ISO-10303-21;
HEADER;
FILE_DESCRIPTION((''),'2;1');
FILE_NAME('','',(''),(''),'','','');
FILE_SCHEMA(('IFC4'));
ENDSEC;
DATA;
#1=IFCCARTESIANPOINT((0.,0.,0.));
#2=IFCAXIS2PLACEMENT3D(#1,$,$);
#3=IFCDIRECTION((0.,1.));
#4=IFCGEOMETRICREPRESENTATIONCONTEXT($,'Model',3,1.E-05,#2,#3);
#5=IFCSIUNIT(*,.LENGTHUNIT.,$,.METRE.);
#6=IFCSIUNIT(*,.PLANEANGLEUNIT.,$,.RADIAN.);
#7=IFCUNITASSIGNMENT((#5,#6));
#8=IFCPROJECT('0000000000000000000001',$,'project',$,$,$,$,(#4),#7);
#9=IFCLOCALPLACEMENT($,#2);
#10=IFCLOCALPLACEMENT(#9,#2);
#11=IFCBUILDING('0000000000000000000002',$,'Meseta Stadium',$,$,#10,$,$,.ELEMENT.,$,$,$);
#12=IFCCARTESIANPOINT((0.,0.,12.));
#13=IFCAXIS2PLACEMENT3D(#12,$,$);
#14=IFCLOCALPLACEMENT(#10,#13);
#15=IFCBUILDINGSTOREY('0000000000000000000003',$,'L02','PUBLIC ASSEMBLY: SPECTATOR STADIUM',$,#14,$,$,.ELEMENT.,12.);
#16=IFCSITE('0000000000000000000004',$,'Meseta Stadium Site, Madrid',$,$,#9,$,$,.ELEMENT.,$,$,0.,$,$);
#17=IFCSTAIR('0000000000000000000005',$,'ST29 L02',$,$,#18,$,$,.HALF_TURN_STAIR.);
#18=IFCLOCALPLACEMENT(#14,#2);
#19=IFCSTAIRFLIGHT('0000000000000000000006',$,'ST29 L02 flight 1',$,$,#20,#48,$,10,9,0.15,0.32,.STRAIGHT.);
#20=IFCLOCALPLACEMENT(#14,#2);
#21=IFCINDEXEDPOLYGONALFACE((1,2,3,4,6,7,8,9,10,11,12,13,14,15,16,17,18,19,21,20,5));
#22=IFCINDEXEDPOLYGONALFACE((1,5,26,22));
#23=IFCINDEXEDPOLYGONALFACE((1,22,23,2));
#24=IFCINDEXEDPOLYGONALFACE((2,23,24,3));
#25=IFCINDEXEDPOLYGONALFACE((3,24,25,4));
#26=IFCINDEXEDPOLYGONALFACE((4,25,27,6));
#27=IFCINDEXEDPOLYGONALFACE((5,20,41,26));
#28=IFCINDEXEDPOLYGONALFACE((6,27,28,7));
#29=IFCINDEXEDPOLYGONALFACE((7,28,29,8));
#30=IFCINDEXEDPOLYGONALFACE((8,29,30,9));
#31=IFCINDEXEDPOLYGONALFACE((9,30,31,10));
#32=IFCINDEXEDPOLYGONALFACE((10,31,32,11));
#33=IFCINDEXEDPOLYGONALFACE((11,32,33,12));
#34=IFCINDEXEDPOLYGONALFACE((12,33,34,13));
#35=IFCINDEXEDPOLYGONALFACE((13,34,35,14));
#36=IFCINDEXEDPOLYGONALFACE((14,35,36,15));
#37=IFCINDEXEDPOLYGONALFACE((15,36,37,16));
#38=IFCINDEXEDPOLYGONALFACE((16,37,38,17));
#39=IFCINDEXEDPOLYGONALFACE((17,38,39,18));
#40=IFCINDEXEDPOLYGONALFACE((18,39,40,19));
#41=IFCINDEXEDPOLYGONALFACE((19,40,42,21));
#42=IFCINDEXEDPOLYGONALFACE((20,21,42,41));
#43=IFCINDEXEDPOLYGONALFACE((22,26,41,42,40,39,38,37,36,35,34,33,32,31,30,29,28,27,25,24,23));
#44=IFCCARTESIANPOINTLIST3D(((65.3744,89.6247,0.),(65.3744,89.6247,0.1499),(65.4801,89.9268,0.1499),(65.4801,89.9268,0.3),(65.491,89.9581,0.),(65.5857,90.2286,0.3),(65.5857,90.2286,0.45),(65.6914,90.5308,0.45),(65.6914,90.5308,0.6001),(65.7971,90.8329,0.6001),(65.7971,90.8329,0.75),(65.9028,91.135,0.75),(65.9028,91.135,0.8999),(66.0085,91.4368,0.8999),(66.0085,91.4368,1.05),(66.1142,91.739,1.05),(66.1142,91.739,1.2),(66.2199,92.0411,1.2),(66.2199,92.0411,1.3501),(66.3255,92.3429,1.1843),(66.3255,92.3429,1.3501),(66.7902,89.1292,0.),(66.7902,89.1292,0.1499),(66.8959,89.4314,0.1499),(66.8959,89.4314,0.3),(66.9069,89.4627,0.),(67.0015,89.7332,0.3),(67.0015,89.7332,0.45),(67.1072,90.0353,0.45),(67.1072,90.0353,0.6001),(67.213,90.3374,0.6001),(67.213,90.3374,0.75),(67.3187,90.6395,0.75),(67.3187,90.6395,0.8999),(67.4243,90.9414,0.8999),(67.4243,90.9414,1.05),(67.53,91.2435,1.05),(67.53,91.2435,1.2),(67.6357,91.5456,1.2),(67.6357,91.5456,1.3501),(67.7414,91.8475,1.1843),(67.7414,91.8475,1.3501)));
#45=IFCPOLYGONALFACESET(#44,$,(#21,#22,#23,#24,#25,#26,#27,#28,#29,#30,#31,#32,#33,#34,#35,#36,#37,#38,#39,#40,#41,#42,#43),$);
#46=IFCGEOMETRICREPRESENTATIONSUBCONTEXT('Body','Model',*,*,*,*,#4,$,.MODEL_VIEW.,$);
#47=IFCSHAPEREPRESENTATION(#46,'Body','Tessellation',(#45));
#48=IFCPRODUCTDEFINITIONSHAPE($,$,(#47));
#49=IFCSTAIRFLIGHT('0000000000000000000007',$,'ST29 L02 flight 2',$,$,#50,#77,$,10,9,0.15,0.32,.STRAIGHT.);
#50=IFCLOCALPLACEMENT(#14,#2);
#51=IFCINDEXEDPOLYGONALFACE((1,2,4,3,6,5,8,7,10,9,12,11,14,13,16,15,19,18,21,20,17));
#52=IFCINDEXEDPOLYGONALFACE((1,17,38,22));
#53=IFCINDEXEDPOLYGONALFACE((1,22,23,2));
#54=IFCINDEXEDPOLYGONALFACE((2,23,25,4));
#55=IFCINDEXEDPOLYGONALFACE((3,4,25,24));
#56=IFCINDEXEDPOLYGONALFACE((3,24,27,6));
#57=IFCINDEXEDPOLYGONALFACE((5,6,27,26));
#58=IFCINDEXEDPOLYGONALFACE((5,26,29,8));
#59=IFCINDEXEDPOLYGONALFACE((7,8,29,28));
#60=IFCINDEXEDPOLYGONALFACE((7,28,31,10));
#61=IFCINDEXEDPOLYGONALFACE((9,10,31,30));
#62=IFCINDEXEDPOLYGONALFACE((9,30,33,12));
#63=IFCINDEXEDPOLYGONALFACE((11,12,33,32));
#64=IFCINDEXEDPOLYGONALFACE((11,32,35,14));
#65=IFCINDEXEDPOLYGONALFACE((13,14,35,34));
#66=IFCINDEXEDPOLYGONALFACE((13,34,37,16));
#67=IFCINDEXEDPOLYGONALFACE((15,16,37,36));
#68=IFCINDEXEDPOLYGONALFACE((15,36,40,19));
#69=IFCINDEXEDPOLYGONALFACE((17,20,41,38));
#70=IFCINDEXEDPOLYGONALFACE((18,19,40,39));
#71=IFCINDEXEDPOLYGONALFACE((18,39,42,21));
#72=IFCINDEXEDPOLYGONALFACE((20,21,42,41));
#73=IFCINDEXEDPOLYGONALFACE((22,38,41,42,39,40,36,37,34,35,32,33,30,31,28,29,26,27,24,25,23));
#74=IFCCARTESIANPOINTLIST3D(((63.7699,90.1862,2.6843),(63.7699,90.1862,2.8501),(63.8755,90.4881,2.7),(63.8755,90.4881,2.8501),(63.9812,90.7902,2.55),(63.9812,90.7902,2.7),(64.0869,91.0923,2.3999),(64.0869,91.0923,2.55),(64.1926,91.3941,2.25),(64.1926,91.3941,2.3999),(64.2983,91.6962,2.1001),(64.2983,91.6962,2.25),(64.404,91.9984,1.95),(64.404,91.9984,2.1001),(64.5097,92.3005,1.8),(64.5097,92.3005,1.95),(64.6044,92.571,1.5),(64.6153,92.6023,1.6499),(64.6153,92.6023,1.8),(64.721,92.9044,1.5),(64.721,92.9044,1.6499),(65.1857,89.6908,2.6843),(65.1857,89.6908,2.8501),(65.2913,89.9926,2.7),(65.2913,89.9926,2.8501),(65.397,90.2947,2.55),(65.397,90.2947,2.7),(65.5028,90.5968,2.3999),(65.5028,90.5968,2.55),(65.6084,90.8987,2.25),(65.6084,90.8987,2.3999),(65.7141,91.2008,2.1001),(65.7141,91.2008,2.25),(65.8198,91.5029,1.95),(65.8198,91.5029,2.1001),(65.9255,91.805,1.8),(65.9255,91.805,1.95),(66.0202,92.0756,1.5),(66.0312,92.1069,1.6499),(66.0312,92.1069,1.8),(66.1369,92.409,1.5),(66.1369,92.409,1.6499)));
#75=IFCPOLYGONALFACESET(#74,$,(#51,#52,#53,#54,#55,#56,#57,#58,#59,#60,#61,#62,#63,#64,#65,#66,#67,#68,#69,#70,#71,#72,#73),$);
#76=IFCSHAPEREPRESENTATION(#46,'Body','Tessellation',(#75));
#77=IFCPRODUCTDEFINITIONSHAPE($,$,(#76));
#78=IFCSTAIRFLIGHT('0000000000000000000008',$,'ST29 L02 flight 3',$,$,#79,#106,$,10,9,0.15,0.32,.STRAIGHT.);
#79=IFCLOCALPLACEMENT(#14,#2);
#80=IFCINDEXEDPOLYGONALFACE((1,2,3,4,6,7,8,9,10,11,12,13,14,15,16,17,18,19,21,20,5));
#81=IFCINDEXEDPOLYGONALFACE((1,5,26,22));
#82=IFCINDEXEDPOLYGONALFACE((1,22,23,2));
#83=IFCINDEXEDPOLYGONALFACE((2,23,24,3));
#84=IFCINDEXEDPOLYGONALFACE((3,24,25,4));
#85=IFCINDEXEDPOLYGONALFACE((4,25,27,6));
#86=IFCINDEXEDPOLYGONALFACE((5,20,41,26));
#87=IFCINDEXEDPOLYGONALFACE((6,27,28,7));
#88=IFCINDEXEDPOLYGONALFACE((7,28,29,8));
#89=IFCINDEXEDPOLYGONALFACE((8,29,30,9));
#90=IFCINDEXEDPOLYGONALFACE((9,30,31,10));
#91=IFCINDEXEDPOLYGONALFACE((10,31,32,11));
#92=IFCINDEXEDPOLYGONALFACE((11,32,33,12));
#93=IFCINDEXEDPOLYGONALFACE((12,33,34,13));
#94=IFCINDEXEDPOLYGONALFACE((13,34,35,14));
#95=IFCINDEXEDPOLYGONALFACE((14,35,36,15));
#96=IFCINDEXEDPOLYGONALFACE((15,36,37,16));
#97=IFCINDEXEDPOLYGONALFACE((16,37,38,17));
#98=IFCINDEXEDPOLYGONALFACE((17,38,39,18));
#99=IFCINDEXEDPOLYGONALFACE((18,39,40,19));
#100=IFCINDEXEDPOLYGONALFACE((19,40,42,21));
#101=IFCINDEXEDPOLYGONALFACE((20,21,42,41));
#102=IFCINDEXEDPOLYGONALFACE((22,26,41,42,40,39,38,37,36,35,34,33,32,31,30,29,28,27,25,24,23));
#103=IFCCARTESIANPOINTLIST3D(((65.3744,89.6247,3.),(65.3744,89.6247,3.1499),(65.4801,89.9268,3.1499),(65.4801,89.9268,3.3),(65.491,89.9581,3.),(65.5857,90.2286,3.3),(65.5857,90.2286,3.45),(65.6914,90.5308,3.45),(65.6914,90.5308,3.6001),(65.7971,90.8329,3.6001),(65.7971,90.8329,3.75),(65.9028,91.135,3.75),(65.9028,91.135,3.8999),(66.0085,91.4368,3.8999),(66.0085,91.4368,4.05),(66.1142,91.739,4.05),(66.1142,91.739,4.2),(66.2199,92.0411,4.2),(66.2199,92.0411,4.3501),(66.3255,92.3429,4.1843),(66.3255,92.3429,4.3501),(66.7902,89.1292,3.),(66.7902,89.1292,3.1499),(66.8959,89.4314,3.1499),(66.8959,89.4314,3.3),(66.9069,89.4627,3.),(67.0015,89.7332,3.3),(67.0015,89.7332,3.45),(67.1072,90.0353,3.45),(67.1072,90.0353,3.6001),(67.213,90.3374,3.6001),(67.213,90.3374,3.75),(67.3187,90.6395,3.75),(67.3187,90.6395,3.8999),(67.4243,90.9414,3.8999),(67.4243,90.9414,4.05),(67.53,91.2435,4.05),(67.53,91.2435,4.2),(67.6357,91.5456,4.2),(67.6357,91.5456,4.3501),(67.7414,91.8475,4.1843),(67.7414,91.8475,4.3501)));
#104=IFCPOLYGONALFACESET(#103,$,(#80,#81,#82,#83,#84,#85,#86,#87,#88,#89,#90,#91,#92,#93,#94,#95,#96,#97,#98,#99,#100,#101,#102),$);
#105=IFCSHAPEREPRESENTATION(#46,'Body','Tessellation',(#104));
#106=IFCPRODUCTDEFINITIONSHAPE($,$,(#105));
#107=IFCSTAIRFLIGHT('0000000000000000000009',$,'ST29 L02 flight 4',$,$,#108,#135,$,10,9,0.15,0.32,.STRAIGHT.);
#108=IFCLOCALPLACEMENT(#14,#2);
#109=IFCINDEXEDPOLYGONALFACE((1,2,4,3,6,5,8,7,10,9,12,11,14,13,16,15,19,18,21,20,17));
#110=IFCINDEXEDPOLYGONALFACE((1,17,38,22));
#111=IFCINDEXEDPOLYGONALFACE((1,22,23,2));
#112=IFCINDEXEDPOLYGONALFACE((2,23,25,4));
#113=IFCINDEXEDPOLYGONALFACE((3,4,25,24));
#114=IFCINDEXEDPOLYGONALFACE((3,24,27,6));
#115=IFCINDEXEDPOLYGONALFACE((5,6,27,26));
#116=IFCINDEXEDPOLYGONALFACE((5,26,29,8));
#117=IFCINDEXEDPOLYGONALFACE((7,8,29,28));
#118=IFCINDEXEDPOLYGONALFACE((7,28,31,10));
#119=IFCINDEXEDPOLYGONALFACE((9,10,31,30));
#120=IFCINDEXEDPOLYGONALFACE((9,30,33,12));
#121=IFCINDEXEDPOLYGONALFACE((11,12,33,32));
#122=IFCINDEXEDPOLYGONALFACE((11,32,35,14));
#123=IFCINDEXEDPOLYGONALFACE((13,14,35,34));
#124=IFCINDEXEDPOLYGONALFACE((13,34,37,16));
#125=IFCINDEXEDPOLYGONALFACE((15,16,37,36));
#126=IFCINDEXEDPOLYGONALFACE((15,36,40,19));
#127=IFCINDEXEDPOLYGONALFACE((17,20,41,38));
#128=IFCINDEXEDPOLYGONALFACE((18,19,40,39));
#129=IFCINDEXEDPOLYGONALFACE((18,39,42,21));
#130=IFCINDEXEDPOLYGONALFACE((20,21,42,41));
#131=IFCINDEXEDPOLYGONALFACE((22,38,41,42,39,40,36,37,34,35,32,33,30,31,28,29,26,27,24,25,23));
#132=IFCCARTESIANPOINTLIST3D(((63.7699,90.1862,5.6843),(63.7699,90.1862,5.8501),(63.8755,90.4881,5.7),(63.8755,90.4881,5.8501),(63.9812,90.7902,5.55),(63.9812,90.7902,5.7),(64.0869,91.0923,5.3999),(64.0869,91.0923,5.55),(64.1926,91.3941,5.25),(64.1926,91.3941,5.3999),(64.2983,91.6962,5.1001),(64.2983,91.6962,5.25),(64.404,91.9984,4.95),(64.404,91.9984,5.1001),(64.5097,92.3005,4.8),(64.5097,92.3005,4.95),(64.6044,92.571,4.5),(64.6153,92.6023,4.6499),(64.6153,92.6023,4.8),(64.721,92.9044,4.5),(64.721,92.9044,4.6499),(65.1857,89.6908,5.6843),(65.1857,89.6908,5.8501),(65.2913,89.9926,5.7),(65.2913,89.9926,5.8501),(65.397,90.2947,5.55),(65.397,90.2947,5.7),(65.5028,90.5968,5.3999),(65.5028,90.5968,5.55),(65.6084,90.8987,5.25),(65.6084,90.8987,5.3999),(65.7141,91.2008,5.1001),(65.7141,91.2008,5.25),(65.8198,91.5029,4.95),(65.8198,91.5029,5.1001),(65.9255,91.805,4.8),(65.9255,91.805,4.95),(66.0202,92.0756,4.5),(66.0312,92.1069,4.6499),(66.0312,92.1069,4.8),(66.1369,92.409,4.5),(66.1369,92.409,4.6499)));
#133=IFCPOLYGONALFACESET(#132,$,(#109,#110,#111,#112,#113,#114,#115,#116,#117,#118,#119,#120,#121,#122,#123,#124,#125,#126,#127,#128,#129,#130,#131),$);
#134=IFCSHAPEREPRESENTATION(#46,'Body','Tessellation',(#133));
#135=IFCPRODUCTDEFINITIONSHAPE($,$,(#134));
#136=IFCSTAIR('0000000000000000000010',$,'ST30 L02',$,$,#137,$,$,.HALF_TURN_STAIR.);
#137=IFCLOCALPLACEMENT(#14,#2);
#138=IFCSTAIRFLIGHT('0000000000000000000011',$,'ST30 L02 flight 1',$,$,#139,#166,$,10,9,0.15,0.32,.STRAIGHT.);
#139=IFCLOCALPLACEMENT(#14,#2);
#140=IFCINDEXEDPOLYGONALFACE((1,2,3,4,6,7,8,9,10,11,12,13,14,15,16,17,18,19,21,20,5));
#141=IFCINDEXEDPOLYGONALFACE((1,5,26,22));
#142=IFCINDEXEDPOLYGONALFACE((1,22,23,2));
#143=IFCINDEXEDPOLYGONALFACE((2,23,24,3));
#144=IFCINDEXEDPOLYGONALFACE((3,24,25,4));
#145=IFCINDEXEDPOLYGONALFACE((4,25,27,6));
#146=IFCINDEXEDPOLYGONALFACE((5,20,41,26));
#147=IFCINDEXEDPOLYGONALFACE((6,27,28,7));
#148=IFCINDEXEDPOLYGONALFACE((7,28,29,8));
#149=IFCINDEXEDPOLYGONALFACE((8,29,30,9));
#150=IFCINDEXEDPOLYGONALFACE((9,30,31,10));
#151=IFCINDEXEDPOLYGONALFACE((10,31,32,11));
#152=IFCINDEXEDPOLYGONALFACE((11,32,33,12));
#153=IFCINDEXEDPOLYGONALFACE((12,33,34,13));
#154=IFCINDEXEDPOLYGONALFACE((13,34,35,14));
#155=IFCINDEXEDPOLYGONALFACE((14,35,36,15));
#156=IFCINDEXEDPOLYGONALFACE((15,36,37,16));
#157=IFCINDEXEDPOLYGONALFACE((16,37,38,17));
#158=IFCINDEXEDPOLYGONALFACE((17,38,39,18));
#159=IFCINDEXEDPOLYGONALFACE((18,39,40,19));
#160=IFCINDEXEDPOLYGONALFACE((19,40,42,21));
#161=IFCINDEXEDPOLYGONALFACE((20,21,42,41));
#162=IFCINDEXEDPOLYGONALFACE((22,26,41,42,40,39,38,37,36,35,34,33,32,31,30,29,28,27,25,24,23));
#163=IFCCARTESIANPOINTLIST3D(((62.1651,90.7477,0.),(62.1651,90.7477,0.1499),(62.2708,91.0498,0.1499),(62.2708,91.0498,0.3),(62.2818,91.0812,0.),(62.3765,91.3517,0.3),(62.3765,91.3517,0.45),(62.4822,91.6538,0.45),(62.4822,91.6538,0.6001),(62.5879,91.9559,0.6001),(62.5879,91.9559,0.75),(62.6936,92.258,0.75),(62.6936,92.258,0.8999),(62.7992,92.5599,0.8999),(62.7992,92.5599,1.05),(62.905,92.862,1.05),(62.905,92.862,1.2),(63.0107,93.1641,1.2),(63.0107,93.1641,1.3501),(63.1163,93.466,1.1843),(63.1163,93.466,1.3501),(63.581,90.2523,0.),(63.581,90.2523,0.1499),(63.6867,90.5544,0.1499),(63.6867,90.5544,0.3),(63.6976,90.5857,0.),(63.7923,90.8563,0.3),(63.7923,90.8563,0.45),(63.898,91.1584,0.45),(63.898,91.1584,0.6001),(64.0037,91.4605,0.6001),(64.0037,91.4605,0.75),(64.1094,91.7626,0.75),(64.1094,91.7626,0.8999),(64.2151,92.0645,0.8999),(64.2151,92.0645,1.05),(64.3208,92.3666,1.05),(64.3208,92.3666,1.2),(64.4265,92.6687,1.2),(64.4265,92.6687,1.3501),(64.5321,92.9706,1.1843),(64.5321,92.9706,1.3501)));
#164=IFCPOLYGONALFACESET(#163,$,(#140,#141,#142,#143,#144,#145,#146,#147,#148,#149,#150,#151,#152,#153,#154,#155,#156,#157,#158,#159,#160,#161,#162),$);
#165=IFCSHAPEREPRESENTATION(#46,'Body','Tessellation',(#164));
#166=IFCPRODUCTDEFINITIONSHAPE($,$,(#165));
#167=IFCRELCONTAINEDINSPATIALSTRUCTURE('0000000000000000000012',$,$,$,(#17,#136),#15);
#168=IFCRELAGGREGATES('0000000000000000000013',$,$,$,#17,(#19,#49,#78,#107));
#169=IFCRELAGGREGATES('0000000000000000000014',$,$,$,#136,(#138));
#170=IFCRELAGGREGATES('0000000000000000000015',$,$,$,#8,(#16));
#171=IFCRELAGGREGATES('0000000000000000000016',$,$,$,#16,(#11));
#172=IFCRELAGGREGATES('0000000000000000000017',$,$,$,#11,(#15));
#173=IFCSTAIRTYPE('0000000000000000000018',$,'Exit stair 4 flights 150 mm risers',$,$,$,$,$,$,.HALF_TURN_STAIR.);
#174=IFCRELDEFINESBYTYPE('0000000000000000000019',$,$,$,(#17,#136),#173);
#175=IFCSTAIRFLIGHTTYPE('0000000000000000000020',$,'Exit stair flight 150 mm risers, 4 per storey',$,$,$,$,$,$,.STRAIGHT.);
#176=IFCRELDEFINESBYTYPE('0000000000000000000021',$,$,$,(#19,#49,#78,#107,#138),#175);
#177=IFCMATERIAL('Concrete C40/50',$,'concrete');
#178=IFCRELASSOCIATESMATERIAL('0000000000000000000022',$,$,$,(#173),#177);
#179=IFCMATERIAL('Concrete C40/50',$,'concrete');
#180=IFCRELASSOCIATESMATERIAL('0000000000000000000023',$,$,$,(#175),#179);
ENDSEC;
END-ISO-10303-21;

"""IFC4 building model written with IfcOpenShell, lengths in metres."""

from ifc_helpers import new_model, si_unit, direction, frame, origin, place, context, subcontext, project, spatial, polyline, outline, extrude, material, type_object, element, aggregate, save


model = new_model("IFC4")

# Units and contexts
model_context = context("Model", 3, precision=1e-05, world=origin(), true_north=direction((0.0, 1.0)))
body_context = subcontext(model_context, "Body", "Model", "MODEL_VIEW")
ifc_project = project(units=[si_unit("LENGTHUNIT", "METRE"), si_unit("PLANEANGLEUNIT", "RADIAN")], contexts=[model_context])

# Site, building, storey
site_placement = place(None, origin())
site = spatial("IfcSite", under=ifc_project, at=site_placement, Name="Meseta Stadium Site, Madrid", CompositionType="ELEMENT", RefElevation=0.0)
building_placement = place(site_placement, origin())
building = spatial("IfcBuilding", under=site, at=building_placement, Name="Meseta Stadium", CompositionType="ELEMENT")
storey_placement = place(building_placement, frame((0.0, 0.0, 12.0)))
storey = spatial("IfcBuildingStorey", under=building, at=storey_placement, Name="L02", Description="PUBLIC ASSEMBLY: SPECTATOR STADIUM", CompositionType="ELEMENT", Elevation=12.0)

# Stairs, stair flights
ifc_material_1 = material(Name="Concrete C40/50", Category="concrete")
stair_type = type_object("IfcStairType", Name="Exit stair 4 flights 150 mm risers", PredefinedType="HALF_TURN_STAIR", material=ifc_material_1)
stair_1_placement = place(storey_placement, origin())
stair_1 = element("IfcStair", 1, at=stair_1_placement, inside=storey, type_object=stair_type, Name="ST29 L02", PredefinedType="HALF_TURN_STAIR")
ifc_material_2 = material(Name="Concrete C40/50", Category="concrete")
stair_flight_type = type_object("IfcStairFlightType", Name="Exit stair flight 150 mm risers, 4 per storey", PredefinedType="STRAIGHT", material=ifc_material_2)
stair_flight_1_placement = place(storey_placement, frame((66.0823, 89.377, 0.0), z_axis=(0.0, 0.0, 1.0), x_axis=(0.330279, 0.943883, 0.0)))
stair_flight_1 = element("IfcStairFlight", 2, at=stair_flight_1_placement, type_object=stair_flight_type, Name="ST29 L02 flight 1", NumberOfRisers=10, NumberOfTreads=9, PredefinedType="STRAIGHT", RiserHeight=0.15, TreadLength=0.32, context=body_context, shape_type="SweptSolid", body=[
    extrude(outline(polyline([(0.0, 0.0), (0.0, 0.1499), (0.3201, 0.1499), (0.3201, 0.3), (0.6399, 0.3), (0.6399, 0.45), (0.96, 0.45), (0.96, 0.6001), (1.28, 0.6001), (1.28, 0.75), (1.6001, 0.75), (1.6001, 0.8999), (1.9199, 0.8999), (1.9199, 1.05), (2.24, 1.05), (2.24, 1.2), (2.5601, 1.2), (2.5601, 1.3501), (2.8799, 1.3501), (2.8799, 1.1843), (0.3533, 0.0), (0.0, 0.0)])), frame((0.0, 0.75, 0.0), z_axis=(0.0, -1.0, 0.0), x_axis=(1.0, 0.0, 0.0)), (0.0, 0.0, 1.0), 1.5),
])
stair_flight_2_placement = place(storey_placement, frame((65.429, 92.6567, 1.5), z_axis=(0.0, 0.0, 1.0), x_axis=(-0.330279, -0.943883, 0.0)))
stair_flight_2 = element("IfcStairFlight", 3, at=stair_flight_2_placement, type_object=stair_flight_type, Name="ST29 L02 flight 2", NumberOfRisers=10, NumberOfTreads=9, PredefinedType="STRAIGHT", RiserHeight=0.15, TreadLength=0.32, context=body_context, shape_type="SweptSolid", body=[
    extrude(outline(polyline([(0.0, 0.0), (0.0, 0.1499), (0.3201, 0.1499), (0.3201, 0.3), (0.6399, 0.3), (0.6399, 0.45), (0.96, 0.45), (0.96, 0.6001), (1.28, 0.6001), (1.28, 0.75), (1.6001, 0.75), (1.6001, 0.8999), (1.9199, 0.8999), (1.9199, 1.05), (2.24, 1.05), (2.24, 1.2), (2.5601, 1.2), (2.5601, 1.3501), (2.8799, 1.3501), (2.8799, 1.1843), (0.3533, 0.0), (0.0, 0.0)])), frame((0.0, 0.75, 0.0), z_axis=(0.0, -1.0, 0.0), x_axis=(1.0, 0.0, 0.0)), (0.0, 0.0, 1.0), 1.5),
])
stair_flight_3_placement = place(storey_placement, frame((66.0823, 89.377, 3.0), z_axis=(0.0, 0.0, 1.0), x_axis=(0.330279, 0.943883, 0.0)))
stair_flight_3 = element("IfcStairFlight", 4, at=stair_flight_3_placement, type_object=stair_flight_type, Name="ST29 L02 flight 3", NumberOfRisers=10, NumberOfTreads=9, PredefinedType="STRAIGHT", RiserHeight=0.15, TreadLength=0.32, context=body_context, shape_type="SweptSolid", body=[
    extrude(outline(polyline([(0.0, 0.0), (0.0, 0.1499), (0.3201, 0.1499), (0.3201, 0.3), (0.6399, 0.3), (0.6399, 0.45), (0.96, 0.45), (0.96, 0.6001), (1.28, 0.6001), (1.28, 0.75), (1.6001, 0.75), (1.6001, 0.8999), (1.9199, 0.8999), (1.9199, 1.05), (2.24, 1.05), (2.24, 1.2), (2.5601, 1.2), (2.5601, 1.3501), (2.8799, 1.3501), (2.8799, 1.1843), (0.3533, 0.0), (0.0, 0.0)])), frame((0.0, 0.75, 0.0), z_axis=(0.0, -1.0, 0.0), x_axis=(1.0, 0.0, 0.0)), (0.0, 0.0, 1.0), 1.5),
])
stair_flight_4_placement = place(storey_placement, frame((65.429, 92.6567, 4.5), z_axis=(0.0, 0.0, 1.0), x_axis=(-0.330279, -0.943883, 0.0)))
stair_flight_4 = element("IfcStairFlight", 5, at=stair_flight_4_placement, type_object=stair_flight_type, Name="ST29 L02 flight 4", NumberOfRisers=10, NumberOfTreads=9, PredefinedType="STRAIGHT", RiserHeight=0.15, TreadLength=0.32, context=body_context, shape_type="SweptSolid", body=[
    extrude(outline(polyline([(0.0, 0.0), (0.0, 0.1499), (0.3201, 0.1499), (0.3201, 0.3), (0.6399, 0.3), (0.6399, 0.45), (0.96, 0.45), (0.96, 0.6001), (1.28, 0.6001), (1.28, 0.75), (1.6001, 0.75), (1.6001, 0.8999), (1.9199, 0.8999), (1.9199, 1.05), (2.24, 1.05), (2.24, 1.2), (2.5601, 1.2), (2.5601, 1.3501), (2.8799, 1.3501), (2.8799, 1.1843), (0.3533, 0.0), (0.0, 0.0)])), frame((0.0, 0.75, 0.0), z_axis=(0.0, -1.0, 0.0), x_axis=(1.0, 0.0, 0.0)), (0.0, 0.0, 1.0), 1.5),
])
aggregate(stair_1, [stair_flight_1, stair_flight_2, stair_flight_3, stair_flight_4])
stair_2_placement = place(storey_placement, origin())
stair_2 = element("IfcStair", 6, at=stair_2_placement, inside=storey, type_object=stair_type, Name="ST30 L02", PredefinedType="HALF_TURN_STAIR")
stair_flight_5_placement = place(storey_placement, frame((62.873, 90.5, 0.0), z_axis=(0.0, 0.0, 1.0), x_axis=(0.330279, 0.943883, 0.0)))
stair_flight_5 = element("IfcStairFlight", 7, at=stair_flight_5_placement, type_object=stair_flight_type, Name="ST30 L02 flight 1", NumberOfRisers=10, NumberOfTreads=9, PredefinedType="STRAIGHT", RiserHeight=0.15, TreadLength=0.32, context=body_context, shape_type="SweptSolid", body=[
    extrude(outline(polyline([(0.0, 0.0), (0.0, 0.1499), (0.3201, 0.1499), (0.3201, 0.3), (0.6399, 0.3), (0.6399, 0.45), (0.96, 0.45), (0.96, 0.6001), (1.28, 0.6001), (1.28, 0.75), (1.6001, 0.75), (1.6001, 0.8999), (1.9199, 0.8999), (1.9199, 1.05), (2.24, 1.05), (2.24, 1.2), (2.5601, 1.2), (2.5601, 1.3501), (2.8799, 1.3501), (2.8799, 1.1843), (0.3533, 0.0), (0.0, 0.0)])), frame((0.0, 0.75, 0.0), z_axis=(0.0, -1.0, 0.0), x_axis=(1.0, 0.0, 0.0)), (0.0, 0.0, 1.0), 1.5),
])
aggregate(stair_2, [stair_flight_5])

save(model, "model.ifc")
